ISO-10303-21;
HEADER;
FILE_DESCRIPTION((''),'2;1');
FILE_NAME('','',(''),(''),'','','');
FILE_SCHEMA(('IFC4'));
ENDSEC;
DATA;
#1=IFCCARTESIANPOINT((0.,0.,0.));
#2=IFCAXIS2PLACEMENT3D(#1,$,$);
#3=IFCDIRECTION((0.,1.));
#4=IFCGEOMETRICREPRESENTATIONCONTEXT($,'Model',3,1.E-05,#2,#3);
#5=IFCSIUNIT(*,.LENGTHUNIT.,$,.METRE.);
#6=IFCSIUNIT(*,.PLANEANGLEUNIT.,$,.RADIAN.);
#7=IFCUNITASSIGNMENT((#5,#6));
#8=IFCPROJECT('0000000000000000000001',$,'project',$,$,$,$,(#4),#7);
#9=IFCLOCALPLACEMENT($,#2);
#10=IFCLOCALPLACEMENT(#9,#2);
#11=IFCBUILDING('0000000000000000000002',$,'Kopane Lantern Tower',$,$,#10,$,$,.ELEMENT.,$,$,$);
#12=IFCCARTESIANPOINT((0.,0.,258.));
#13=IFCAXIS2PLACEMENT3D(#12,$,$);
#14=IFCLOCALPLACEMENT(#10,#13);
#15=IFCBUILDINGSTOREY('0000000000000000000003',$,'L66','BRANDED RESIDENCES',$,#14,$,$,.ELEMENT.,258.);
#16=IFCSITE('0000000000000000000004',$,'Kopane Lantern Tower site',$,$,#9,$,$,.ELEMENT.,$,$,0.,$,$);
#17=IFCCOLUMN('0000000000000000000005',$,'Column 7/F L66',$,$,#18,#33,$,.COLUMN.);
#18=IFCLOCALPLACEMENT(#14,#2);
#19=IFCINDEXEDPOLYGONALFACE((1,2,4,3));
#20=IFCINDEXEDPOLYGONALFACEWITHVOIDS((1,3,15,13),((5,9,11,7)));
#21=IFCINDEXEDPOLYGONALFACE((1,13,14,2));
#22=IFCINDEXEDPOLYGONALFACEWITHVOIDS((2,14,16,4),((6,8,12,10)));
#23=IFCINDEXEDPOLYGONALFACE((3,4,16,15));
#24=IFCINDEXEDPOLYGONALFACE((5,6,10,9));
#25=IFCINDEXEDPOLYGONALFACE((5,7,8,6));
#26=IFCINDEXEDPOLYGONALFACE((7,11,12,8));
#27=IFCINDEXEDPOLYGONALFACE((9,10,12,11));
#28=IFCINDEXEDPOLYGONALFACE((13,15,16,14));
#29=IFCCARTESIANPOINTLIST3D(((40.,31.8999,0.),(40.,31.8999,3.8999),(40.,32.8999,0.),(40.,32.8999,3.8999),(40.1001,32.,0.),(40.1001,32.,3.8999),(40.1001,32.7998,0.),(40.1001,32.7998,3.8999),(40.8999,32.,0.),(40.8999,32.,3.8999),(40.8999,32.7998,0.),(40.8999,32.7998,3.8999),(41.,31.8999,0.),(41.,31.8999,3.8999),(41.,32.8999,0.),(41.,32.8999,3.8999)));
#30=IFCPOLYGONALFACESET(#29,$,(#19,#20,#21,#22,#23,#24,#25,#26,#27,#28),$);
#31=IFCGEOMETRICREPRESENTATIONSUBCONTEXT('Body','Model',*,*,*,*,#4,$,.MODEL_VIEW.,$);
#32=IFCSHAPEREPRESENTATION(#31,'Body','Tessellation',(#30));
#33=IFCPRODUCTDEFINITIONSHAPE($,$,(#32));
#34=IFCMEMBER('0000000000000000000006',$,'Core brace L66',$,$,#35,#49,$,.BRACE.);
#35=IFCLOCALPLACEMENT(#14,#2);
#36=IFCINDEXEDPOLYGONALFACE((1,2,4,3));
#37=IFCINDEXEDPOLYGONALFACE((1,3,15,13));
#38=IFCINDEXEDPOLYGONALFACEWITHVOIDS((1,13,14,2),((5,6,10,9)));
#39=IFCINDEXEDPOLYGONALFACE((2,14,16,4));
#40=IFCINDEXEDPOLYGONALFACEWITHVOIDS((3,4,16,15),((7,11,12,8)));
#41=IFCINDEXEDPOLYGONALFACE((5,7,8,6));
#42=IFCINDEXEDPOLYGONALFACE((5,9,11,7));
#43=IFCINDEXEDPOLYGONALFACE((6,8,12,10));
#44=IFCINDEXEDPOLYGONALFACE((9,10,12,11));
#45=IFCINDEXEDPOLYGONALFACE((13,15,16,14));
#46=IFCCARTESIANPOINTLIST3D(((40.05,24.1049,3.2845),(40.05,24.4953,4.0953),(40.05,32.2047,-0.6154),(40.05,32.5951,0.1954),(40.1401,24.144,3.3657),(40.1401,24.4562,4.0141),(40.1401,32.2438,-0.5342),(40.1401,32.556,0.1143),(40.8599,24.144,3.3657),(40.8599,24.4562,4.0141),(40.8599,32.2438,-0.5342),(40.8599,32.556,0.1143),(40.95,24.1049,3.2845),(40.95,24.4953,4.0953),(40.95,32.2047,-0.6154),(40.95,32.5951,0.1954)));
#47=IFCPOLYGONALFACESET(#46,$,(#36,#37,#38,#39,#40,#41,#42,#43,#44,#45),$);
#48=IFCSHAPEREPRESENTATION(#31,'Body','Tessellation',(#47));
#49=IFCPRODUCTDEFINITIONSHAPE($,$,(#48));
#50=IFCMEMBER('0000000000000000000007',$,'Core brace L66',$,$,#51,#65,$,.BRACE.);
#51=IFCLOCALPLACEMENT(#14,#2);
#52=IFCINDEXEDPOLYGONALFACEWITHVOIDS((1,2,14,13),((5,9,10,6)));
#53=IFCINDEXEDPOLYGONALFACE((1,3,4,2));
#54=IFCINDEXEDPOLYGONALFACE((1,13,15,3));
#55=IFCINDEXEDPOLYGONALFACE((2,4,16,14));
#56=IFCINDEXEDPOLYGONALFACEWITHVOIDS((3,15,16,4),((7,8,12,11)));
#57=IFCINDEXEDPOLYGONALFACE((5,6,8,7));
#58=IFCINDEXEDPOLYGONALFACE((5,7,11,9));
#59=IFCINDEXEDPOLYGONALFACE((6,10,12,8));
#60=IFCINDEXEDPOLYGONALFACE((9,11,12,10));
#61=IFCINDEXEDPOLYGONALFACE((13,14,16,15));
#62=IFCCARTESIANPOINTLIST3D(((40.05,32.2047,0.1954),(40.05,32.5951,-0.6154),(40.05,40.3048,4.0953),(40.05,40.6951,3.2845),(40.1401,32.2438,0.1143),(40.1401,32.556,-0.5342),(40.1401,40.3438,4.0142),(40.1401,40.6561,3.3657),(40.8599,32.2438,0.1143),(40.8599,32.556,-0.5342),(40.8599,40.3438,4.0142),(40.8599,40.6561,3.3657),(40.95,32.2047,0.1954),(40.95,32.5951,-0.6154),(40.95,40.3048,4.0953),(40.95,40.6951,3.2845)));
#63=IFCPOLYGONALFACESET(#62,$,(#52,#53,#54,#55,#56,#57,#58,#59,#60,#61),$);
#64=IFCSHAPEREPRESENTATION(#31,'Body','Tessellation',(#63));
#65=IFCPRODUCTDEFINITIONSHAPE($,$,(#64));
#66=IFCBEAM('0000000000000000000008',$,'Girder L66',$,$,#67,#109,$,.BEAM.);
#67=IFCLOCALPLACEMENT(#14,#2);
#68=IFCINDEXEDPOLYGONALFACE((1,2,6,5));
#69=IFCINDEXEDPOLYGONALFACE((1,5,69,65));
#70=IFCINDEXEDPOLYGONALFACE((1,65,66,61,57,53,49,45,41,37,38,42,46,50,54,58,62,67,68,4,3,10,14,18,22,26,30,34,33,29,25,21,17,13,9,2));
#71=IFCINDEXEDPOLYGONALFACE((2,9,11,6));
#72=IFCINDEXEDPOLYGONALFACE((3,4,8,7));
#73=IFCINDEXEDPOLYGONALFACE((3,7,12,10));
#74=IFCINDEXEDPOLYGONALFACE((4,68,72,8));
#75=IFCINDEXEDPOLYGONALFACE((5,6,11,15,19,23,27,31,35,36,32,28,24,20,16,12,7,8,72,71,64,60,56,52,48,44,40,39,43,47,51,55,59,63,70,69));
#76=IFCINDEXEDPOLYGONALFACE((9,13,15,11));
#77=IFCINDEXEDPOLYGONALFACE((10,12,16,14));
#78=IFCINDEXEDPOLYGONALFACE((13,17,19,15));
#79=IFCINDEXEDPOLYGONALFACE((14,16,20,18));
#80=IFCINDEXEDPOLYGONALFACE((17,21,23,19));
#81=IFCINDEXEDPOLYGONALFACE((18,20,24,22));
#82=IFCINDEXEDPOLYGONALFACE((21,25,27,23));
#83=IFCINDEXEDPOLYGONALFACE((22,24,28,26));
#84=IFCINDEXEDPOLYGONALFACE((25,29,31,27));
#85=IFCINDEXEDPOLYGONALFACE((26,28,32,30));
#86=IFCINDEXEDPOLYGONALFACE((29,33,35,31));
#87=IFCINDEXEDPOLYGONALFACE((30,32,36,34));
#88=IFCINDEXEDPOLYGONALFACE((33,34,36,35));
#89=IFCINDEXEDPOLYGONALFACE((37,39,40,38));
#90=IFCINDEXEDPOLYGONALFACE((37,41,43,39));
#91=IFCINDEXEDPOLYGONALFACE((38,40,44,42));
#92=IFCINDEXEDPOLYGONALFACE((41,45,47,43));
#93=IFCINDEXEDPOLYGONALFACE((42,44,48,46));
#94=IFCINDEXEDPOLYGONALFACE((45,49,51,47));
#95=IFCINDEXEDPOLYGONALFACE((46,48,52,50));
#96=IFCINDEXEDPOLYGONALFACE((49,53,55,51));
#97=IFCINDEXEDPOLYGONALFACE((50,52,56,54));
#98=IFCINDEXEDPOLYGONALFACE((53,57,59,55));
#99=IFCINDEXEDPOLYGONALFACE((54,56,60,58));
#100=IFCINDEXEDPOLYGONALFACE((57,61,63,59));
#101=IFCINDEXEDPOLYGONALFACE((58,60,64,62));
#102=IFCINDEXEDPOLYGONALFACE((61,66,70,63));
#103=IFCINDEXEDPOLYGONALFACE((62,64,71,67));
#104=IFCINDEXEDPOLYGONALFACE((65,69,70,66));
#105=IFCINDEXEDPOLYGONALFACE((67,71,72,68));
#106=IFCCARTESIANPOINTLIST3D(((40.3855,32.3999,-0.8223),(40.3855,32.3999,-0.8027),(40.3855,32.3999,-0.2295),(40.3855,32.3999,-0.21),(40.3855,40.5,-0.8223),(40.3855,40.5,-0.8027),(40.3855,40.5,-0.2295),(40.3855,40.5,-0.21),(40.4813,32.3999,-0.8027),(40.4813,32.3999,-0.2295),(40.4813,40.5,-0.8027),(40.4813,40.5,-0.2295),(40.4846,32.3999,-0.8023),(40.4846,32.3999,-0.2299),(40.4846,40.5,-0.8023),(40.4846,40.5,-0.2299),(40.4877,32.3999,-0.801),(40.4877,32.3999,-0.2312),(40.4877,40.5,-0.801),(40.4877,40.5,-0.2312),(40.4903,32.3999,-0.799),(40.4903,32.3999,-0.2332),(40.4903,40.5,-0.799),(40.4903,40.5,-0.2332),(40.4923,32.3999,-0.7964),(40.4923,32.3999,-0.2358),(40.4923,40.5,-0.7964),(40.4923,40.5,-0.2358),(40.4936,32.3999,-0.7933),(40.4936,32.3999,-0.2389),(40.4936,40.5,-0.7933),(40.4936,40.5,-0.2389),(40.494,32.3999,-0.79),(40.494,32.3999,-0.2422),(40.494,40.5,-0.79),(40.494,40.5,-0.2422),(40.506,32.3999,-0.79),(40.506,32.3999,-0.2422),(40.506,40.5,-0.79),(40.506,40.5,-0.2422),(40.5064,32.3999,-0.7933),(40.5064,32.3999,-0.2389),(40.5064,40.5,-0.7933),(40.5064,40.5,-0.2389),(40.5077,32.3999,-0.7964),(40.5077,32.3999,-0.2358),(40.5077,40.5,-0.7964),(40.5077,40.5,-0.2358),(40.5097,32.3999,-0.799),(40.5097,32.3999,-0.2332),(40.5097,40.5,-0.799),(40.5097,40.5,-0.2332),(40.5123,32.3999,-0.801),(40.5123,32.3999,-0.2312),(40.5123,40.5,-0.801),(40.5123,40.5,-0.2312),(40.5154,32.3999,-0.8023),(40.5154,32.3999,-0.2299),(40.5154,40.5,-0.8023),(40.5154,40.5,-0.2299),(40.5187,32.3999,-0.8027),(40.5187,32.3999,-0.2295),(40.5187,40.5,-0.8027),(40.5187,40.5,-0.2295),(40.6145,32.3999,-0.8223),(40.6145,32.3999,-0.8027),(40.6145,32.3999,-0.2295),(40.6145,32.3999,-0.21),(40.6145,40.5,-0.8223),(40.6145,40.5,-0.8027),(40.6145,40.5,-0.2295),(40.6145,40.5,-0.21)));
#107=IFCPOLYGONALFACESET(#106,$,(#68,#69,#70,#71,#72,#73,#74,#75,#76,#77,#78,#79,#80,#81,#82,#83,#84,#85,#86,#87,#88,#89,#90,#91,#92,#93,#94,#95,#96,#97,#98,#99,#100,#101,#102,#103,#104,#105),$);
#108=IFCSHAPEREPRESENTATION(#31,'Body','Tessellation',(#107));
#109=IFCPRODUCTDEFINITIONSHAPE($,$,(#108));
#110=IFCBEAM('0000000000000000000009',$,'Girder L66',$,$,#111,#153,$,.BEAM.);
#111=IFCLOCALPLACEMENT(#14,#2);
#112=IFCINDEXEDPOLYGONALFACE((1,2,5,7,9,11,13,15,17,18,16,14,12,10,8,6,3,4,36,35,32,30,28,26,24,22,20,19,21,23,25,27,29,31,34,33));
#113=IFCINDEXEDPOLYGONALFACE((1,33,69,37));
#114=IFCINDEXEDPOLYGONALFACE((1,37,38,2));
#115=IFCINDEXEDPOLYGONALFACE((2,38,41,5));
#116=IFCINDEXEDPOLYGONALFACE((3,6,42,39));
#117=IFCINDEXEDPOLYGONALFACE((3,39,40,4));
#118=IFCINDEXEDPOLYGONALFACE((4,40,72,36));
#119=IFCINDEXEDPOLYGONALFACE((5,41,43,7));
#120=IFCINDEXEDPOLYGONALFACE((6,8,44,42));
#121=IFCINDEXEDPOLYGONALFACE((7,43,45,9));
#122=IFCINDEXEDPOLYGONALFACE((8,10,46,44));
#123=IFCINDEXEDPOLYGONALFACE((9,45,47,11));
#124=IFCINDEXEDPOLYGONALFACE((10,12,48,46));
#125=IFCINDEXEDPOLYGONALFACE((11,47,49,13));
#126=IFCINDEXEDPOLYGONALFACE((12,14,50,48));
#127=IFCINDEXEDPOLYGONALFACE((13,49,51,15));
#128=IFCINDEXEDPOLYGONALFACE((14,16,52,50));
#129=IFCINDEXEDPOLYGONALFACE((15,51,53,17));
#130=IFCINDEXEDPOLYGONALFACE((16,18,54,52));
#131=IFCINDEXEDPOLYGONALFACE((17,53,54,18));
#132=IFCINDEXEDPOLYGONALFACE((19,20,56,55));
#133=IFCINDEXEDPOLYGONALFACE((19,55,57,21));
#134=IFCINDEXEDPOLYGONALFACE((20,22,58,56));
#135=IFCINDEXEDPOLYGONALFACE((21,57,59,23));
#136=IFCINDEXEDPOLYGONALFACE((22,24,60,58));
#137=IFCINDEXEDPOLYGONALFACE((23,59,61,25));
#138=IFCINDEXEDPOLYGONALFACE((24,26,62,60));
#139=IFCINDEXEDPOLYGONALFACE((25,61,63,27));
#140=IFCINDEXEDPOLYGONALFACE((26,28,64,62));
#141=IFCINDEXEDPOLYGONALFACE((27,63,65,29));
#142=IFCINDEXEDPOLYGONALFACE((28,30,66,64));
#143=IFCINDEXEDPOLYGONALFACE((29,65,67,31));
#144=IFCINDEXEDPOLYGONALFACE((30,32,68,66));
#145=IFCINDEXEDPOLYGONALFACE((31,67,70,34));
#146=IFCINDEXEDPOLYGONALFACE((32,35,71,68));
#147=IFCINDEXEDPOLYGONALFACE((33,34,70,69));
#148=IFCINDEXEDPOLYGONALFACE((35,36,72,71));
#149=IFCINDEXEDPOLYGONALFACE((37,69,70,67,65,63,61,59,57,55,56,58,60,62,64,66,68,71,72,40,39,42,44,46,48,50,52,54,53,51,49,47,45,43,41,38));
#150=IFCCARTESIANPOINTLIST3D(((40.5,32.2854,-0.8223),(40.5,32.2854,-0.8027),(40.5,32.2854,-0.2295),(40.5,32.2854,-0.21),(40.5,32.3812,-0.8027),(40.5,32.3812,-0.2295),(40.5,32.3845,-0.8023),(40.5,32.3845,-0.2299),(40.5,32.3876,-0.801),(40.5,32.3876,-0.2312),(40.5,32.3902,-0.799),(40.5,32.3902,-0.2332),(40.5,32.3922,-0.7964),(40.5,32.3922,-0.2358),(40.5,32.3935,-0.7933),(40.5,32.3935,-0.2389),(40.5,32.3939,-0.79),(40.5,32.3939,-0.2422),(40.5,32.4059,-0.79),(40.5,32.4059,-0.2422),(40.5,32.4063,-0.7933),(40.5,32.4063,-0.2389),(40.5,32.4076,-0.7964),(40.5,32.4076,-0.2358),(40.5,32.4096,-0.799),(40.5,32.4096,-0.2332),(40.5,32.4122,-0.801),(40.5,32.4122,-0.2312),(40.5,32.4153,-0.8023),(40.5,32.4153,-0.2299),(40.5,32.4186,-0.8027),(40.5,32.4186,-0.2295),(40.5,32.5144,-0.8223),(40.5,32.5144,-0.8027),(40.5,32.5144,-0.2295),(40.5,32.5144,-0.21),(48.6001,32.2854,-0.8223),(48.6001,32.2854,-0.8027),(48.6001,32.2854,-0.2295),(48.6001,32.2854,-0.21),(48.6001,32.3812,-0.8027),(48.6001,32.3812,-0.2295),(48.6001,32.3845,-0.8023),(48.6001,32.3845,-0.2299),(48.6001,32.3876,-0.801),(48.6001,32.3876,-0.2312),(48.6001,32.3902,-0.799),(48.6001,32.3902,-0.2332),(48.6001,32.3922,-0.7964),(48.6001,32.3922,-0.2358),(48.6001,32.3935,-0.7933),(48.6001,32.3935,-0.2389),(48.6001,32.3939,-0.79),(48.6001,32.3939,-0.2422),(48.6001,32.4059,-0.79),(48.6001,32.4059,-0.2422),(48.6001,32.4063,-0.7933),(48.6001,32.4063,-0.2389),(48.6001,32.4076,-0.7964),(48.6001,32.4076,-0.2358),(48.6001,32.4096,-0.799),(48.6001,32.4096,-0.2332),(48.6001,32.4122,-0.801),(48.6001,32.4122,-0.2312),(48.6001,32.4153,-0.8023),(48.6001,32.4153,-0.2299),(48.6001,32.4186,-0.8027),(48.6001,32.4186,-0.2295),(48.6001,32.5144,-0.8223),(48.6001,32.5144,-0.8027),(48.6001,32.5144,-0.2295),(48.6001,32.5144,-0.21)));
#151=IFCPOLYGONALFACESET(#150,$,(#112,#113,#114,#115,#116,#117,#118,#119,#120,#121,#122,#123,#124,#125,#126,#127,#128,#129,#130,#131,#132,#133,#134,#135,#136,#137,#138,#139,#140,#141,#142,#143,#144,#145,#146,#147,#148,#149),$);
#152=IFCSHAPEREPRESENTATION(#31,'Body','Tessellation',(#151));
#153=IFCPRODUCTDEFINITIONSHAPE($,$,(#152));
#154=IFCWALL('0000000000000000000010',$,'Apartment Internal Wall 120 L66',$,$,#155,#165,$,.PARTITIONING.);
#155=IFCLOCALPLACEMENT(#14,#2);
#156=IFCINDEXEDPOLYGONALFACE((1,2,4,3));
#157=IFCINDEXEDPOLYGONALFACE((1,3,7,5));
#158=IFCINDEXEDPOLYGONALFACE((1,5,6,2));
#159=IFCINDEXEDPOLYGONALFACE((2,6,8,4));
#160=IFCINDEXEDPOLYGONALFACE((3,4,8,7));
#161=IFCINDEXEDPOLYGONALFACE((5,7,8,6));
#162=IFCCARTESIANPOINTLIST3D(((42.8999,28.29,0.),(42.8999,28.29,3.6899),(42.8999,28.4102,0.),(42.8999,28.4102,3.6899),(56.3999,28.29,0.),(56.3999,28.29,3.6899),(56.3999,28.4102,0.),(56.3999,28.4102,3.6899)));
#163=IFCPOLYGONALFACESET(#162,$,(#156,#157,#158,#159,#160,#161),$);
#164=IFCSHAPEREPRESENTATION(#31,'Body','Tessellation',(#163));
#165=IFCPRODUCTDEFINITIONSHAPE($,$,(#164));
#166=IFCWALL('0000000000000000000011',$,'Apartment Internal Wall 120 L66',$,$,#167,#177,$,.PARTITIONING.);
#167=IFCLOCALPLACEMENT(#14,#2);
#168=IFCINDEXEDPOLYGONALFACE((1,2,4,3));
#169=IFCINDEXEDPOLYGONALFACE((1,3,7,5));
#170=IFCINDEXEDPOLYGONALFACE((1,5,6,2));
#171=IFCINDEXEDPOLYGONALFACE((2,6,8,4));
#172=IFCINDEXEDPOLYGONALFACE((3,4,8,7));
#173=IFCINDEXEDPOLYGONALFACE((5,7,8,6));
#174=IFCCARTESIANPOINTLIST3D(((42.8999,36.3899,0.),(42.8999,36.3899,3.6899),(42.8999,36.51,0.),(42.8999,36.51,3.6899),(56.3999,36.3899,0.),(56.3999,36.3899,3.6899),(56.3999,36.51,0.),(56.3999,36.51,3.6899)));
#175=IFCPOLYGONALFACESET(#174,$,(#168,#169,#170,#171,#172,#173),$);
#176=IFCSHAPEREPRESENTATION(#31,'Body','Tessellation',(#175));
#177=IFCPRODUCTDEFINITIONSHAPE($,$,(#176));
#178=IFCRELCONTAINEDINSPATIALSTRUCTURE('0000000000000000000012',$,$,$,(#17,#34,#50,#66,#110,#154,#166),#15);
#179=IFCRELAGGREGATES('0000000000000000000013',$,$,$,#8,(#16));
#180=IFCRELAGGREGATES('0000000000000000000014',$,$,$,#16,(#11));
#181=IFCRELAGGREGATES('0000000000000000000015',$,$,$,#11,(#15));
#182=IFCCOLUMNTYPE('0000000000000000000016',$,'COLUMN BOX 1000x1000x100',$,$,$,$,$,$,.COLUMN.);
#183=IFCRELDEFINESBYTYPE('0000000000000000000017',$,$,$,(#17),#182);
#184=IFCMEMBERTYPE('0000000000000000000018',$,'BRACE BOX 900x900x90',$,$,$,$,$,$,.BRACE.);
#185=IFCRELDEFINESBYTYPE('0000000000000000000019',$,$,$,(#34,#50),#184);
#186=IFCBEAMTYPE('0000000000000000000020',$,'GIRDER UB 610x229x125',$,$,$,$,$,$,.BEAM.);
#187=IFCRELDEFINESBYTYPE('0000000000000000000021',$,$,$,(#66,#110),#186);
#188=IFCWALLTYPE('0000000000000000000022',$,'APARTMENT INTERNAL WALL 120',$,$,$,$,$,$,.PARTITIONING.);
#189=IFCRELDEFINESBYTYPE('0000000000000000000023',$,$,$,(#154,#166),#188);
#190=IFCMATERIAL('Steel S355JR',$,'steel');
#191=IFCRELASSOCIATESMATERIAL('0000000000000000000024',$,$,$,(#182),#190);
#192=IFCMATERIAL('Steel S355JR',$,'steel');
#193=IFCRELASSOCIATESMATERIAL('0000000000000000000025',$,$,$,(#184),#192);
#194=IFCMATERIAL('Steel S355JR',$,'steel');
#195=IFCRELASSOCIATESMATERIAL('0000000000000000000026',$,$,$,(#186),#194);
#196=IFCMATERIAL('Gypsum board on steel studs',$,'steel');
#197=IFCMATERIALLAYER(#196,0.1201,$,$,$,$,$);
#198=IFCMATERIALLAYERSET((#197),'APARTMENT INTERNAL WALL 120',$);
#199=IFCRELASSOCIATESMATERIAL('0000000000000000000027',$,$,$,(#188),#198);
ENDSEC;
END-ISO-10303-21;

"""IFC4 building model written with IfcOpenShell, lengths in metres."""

from ifc_helpers import new_model, si_unit, direction, frame, frame_2d, origin, origin_2d, place, context, subcontext, project, spatial, rectangle, hollow_rectangle, i_section, extrude, material, layer, layer_set, material_profile, profile_set, type_object, element, save


model = new_model("IFC4")

# Units and contexts
model_context = context("Model", 3, precision=1e-05, world=origin(), true_north=direction((0.0, 1.0)))
body_context = subcontext(model_context, "Body", "Model", "MODEL_VIEW")
ifc_project = project(units=[si_unit("LENGTHUNIT", "METRE"), si_unit("PLANEANGLEUNIT", "RADIAN")], contexts=[model_context])

# Site, building, storey
site_placement = place(None, origin())
site = spatial("IfcSite", under=ifc_project, at=site_placement, Name="Kopane Lantern Tower site", CompositionType="ELEMENT", RefElevation=0.0)
building_placement = place(site_placement, origin())
building = spatial("IfcBuilding", under=site, at=building_placement, Name="Kopane Lantern Tower", CompositionType="ELEMENT")
storey_placement = place(building_placement, frame((0.0, 0.0, 258.0)))
storey = spatial("IfcBuildingStorey", under=building, at=storey_placement, Name="L66", Description="BRANDED RESIDENCES", CompositionType="ELEMENT", Elevation=258.0)

# Column
ifc_material_1 = material(Name="Steel S355JR", Category="steel")
ifc_material_profile_1 = material_profile(ifc_material_1, hollow_rectangle(XDim=1.0, YDim=1.0, WallThickness=0.1001, at=origin_2d()), Name="BOX 1000x1000x100")
ifc_profile_set_1 = profile_set([ifc_material_profile_1], Name="Steel S355JR")
column_type = type_object("IfcColumnType", Name="COLUMN BOX 1000x1000x100", PredefinedType="COLUMN", material=ifc_profile_set_1)
column_placement = place(storey_placement, frame((40.5, 32.3999, 0.0), z_axis=(0.0, 0.0, 1.0), x_axis=(1.0, 0.0, 0.0)))
element("IfcColumn", 1, at=column_placement, inside=storey, type_object=column_type, Name="Column 7/F L66", PredefinedType="COLUMN", context=body_context, shape_type="SweptSolid", body=[
    extrude(hollow_rectangle(XDim=1.0, YDim=1.0, WallThickness=0.1001, at=origin_2d()), origin(), (0.0, 0.0, 1.0), 3.8999),
])

# Members
ifc_material_2 = material(Name="Steel S355JR", Category="steel")
ifc_material_profile_2 = material_profile(ifc_material_2, hollow_rectangle(XDim=0.8999, YDim=0.8999, WallThickness=0.0901, at=origin_2d()), Name="BOX 900x900x90")
ifc_profile_set_2 = profile_set([ifc_material_profile_2], Name="Steel S355JR")
member_type = type_object("IfcMemberType", Name="BRACE BOX 900x900x90", PredefinedType="BRACE", material=ifc_profile_set_2)
member_1_placement = place(storey_placement, frame((40.5, 32.3999, -0.21), z_axis=(0.0, -0.901003, 0.433813), x_axis=(1.0, 0.0, 0.0)))
element("IfcMember", 2, at=member_1_placement, inside=storey, type_object=member_type, Name="Core brace L66", PredefinedType="BRACE", context=body_context, shape_type="SweptSolid", body=[
    extrude(hollow_rectangle(XDim=0.8999, YDim=0.8999, WallThickness=0.0901, at=origin_2d()), origin(), (0.0, 0.0, 1.0), 8.9897),
])
member_2_placement = place(storey_placement, frame((40.5, 32.3999, -0.21), z_axis=(0.0, 0.901008, 0.433803), x_axis=(-1.0, 0.0, 0.0)))
element("IfcMember", 3, at=member_2_placement, inside=storey, type_object=member_type, Name="Core brace L66", PredefinedType="BRACE", context=body_context, shape_type="SweptSolid", body=[
    extrude(hollow_rectangle(XDim=0.8999, YDim=0.8999, WallThickness=0.0901, at=origin_2d()), origin(), (0.0, 0.0, 1.0), 8.99),
])

# Beams
ifc_material_3 = material(Name="Steel S355JR", Category="steel")
ifc_material_profile_3 = material_profile(ifc_material_3, i_section(OverallWidth=0.229, OverallDepth=0.6123, WebThickness=0.012, FlangeThickness=0.0195, FilletRadius=0.0127, at=origin_2d()), Name="UB 610x229x125")
ifc_profile_set_3 = profile_set([ifc_material_profile_3], Name="Steel S355JR")
beam_type = type_object("IfcBeamType", Name="GIRDER UB 610x229x125", PredefinedType="BEAM", material=ifc_profile_set_3)
for number, where, z_axis, x_axis, name in (
    (4, (40.5, 32.3999, -0.5161), (0.0, 1.0, 0.0), (-1.0, 0.0, 0.0), "Girder L66"),
    (5, (40.5, 32.3999, -0.5161), (1.0, 0.0, 0.0), (0.0, 1.0, 0.0), "Girder L66"),
):
    element("IfcBeam", number, at=place(storey_placement, frame(where, z_axis=z_axis, x_axis=x_axis)), inside=storey, type_object=beam_type, Name=name, PredefinedType="BEAM", context=body_context, shape_type="SweptSolid", body=[
        extrude(i_section(OverallWidth=0.229, OverallDepth=0.6123, WebThickness=0.012, FlangeThickness=0.0195, FilletRadius=0.0127, at=origin_2d()), origin(), (0.0, 0.0, 1.0), 8.1001),
    ])

# Walls
ifc_material_4 = material(Name="Gypsum board on steel studs", Category="steel")
ifc_layer_1 = layer(ifc_material_4, 0.1201)
ifc_layer_set_1 = layer_set([ifc_layer_1], Name="APARTMENT INTERNAL WALL 120")
wall_type_1 = type_object("IfcWallType", Name="APARTMENT INTERNAL WALL 120", PredefinedType="PARTITIONING", material=ifc_layer_set_1)
for number, where, z_axis, x_axis, name in (
    (6, (42.8999, 28.3501, 0.0), (0.0, 0.0, 1.0), (1.0, 0.0, 0.0), "Apartment Internal Wall 120 L66"),
    (7, (42.8999, 36.45, 0.0), (0.0, 0.0, 1.0), (1.0, 0.0, 0.0), "Apartment Internal Wall 120 L66"),
):
    element("IfcWall", number, at=place(storey_placement, frame(where, z_axis=z_axis, x_axis=x_axis)), inside=storey, type_object=wall_type_1, Name=name, PredefinedType="PARTITIONING", context=body_context, shape_type="SweptSolid", body=[
        extrude(rectangle(XDim=13.5, YDim=0.1201, at=frame_2d((6.75, 0.0))), origin(), (0.0, 0.0, 1.0), 3.6899),
    ])

save(model, "model.ifc")
